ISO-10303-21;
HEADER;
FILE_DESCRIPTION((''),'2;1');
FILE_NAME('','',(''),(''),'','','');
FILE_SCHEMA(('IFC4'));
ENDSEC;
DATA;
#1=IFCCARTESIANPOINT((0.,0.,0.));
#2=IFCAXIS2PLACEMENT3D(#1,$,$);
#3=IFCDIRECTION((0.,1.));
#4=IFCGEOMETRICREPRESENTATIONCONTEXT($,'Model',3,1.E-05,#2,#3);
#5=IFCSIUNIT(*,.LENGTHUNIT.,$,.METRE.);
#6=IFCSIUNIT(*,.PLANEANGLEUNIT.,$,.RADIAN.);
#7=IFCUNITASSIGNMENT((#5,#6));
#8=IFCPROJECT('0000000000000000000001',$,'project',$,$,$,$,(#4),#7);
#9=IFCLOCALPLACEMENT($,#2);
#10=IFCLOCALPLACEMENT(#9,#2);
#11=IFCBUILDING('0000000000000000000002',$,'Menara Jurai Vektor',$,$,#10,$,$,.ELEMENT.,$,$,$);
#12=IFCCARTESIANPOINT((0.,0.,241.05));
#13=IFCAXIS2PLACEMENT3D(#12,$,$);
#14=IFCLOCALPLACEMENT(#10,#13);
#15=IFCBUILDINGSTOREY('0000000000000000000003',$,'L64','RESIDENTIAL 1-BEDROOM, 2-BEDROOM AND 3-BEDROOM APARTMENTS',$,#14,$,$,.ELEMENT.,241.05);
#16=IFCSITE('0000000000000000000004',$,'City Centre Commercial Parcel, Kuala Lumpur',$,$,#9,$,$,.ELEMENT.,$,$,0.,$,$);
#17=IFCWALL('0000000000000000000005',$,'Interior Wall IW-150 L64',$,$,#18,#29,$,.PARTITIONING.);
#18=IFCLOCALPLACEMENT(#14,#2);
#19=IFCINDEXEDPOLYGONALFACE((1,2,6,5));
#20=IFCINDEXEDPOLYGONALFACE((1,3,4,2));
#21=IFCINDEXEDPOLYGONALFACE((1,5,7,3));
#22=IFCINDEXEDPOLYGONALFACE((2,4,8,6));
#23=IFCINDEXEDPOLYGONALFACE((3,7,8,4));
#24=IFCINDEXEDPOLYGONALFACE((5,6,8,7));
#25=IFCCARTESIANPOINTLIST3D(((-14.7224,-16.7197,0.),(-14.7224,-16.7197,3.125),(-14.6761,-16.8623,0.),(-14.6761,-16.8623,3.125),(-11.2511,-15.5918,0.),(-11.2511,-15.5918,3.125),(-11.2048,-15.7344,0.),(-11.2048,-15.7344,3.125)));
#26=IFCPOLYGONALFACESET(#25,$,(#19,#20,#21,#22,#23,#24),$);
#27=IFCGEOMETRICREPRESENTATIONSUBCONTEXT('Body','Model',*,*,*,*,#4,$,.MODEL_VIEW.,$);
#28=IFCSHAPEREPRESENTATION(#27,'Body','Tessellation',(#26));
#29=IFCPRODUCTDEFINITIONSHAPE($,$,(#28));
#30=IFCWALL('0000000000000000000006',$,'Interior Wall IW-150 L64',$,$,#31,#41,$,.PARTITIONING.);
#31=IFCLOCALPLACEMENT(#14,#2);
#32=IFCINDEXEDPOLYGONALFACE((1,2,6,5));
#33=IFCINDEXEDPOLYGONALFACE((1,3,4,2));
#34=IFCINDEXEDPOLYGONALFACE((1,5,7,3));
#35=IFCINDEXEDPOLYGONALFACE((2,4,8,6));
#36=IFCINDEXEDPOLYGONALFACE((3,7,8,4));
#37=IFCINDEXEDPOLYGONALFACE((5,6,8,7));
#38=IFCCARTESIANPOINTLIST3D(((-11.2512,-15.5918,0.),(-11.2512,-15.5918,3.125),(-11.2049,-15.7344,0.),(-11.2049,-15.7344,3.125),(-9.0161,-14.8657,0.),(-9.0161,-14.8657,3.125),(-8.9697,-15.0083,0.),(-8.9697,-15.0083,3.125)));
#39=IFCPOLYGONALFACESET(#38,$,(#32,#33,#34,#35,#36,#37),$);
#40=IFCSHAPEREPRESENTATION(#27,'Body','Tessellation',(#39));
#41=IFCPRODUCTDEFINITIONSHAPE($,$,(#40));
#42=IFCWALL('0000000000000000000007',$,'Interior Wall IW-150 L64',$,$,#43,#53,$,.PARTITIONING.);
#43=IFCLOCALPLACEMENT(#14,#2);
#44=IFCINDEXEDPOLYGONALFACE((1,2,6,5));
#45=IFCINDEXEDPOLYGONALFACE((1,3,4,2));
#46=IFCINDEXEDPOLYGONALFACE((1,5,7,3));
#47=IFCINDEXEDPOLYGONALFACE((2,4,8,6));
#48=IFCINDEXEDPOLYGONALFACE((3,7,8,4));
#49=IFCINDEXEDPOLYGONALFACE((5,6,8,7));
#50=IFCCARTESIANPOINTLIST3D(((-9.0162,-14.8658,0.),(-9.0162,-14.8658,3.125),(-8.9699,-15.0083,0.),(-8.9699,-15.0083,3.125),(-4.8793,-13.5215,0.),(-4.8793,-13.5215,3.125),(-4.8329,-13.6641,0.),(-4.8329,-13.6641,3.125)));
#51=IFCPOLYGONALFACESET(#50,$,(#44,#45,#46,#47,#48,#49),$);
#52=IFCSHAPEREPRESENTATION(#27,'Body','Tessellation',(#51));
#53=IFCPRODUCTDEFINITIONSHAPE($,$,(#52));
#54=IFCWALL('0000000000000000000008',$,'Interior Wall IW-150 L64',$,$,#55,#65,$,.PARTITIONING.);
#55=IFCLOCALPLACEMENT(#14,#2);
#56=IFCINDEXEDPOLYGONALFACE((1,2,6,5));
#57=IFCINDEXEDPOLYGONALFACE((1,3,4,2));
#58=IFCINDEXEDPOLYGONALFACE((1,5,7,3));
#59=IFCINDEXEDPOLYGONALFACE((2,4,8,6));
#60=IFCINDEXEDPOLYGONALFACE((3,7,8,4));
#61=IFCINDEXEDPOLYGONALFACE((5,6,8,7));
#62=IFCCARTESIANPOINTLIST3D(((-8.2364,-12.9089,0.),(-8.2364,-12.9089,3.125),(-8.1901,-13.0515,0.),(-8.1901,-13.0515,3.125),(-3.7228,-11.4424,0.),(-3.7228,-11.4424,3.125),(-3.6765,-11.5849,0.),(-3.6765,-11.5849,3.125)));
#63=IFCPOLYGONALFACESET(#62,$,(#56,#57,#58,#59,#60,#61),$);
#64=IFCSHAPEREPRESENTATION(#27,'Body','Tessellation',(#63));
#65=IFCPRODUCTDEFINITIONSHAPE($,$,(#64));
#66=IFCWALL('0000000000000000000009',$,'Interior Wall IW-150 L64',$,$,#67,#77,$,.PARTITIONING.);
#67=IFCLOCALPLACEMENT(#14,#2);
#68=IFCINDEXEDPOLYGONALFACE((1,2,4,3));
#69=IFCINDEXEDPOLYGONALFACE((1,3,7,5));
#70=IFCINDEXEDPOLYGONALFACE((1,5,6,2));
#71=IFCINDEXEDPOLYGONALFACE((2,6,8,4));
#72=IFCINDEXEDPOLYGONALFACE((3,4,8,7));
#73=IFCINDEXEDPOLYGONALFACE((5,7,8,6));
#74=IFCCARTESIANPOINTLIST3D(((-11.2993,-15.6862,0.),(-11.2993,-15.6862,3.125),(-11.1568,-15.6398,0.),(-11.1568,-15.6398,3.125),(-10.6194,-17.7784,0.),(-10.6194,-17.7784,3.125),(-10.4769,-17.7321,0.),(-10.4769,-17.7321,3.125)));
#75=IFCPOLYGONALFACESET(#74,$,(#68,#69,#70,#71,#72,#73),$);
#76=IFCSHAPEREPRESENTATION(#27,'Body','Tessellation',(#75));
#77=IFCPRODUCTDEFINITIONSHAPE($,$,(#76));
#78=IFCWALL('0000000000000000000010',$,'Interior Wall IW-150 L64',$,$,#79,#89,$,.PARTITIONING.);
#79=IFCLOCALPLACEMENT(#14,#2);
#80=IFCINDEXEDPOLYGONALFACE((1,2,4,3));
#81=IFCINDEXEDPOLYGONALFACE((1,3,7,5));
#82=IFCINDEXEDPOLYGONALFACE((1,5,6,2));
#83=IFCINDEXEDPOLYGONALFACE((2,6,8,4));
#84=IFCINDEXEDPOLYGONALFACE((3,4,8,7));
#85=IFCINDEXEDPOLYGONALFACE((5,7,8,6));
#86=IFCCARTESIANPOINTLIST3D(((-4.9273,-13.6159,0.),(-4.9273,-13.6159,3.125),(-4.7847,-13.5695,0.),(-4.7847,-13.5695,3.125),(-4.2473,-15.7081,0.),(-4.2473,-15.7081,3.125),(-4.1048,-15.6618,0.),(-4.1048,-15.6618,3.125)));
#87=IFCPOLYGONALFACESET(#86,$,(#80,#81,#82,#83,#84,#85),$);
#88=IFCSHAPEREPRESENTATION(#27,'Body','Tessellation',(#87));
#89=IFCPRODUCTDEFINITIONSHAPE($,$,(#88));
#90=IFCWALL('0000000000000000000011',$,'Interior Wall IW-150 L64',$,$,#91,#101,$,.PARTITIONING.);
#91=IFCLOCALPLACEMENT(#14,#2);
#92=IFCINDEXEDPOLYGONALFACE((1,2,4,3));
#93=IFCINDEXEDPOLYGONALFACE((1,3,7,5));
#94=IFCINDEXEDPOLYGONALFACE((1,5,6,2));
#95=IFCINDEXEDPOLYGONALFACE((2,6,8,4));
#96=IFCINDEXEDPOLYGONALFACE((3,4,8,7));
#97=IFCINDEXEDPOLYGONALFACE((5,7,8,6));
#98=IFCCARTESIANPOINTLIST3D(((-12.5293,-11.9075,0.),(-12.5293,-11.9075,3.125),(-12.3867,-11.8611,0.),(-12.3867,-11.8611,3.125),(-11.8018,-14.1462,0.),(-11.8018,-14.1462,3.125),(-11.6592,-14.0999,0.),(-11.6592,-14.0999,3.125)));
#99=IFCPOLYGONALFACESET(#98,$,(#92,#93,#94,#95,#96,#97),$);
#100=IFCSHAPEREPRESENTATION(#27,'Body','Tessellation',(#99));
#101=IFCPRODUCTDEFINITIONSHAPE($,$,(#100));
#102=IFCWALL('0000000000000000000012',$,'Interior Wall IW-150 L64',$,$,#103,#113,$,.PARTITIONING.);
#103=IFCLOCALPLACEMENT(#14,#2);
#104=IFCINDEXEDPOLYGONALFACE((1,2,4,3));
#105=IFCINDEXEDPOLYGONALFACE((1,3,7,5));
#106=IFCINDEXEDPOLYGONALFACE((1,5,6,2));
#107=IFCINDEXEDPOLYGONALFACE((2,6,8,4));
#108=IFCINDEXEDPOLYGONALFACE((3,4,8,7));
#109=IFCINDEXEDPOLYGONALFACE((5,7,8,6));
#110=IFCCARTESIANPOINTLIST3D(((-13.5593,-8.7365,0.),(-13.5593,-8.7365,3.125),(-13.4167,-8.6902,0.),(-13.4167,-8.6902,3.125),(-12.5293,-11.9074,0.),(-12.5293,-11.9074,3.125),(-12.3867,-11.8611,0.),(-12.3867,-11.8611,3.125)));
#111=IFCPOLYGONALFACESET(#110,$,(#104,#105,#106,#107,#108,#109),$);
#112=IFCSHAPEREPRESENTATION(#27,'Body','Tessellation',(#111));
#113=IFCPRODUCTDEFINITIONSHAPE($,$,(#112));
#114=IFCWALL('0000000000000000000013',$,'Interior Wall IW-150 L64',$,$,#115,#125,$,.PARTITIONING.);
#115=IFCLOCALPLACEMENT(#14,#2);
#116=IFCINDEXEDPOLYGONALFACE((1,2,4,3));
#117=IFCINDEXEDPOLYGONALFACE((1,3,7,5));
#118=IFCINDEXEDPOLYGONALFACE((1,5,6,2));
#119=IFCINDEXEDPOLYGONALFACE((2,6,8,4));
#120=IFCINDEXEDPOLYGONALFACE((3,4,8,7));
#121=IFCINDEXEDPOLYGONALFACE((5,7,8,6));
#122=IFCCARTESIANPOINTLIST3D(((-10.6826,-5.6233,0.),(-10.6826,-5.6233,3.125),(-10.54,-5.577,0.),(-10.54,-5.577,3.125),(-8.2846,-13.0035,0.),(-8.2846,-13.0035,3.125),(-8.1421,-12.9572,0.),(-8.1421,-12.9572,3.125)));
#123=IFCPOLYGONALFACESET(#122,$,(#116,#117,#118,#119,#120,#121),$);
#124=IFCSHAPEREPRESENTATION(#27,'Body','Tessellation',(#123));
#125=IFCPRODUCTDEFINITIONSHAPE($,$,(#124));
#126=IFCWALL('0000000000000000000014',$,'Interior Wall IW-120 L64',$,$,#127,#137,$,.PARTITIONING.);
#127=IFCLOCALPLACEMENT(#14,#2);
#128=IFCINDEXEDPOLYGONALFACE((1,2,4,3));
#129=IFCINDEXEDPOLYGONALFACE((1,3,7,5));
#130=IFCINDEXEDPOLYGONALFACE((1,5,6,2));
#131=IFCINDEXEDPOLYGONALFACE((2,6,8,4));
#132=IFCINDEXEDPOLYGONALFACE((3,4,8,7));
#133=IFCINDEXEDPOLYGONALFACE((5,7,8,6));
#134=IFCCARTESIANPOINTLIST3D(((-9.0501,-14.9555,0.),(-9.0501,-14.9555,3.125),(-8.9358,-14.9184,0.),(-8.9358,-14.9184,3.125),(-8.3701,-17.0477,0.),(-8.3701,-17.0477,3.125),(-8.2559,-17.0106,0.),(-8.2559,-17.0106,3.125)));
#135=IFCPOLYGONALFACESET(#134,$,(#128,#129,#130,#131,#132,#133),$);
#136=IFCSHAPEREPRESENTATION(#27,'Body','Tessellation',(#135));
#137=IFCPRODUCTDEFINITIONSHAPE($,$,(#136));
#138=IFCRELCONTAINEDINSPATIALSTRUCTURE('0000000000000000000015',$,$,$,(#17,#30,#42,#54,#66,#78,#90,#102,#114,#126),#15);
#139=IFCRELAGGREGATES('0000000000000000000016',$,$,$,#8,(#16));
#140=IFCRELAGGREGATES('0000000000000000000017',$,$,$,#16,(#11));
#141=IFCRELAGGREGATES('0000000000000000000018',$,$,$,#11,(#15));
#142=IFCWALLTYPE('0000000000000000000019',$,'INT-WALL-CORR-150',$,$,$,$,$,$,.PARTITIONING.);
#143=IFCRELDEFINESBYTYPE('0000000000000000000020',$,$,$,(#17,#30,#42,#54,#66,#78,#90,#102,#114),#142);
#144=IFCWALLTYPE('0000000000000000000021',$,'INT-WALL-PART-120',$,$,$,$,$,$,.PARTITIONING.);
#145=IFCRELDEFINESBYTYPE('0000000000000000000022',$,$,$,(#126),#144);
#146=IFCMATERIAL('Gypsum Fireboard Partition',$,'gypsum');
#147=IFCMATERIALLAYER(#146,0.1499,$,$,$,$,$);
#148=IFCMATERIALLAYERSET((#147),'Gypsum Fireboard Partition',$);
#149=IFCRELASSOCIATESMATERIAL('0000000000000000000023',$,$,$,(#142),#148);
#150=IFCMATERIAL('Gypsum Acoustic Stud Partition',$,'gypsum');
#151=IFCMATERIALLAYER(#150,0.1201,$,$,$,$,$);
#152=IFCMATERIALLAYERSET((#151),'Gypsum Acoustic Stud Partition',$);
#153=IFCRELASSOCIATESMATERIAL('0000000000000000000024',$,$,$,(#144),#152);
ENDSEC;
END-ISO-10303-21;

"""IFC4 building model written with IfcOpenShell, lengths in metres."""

from ifc_helpers import new_model, si_unit, direction, frame, frame_2d, origin, place, context, subcontext, project, spatial, rectangle, extrude, material, layer, layer_set, type_object, element, save


model = new_model("IFC4")

# Units and contexts
model_context = context("Model", 3, precision=1e-05, world=origin(), true_north=direction((0.0, 1.0)))
body_context = subcontext(model_context, "Body", "Model", "MODEL_VIEW")
ifc_project = project(units=[si_unit("LENGTHUNIT", "METRE"), si_unit("PLANEANGLEUNIT", "RADIAN")], contexts=[model_context])

# Site, building, storey
site_placement = place(None, origin())
site = spatial("IfcSite", under=ifc_project, at=site_placement, Name="City Centre Commercial Parcel, Kuala Lumpur", CompositionType="ELEMENT", RefElevation=0.0)
building_placement = place(site_placement, origin())
building = spatial("IfcBuilding", under=site, at=building_placement, Name="Menara Jurai Vektor", CompositionType="ELEMENT")
storey_placement = place(building_placement, frame((0.0, 0.0, 241.05)))
storey = spatial("IfcBuildingStorey", under=building, at=storey_placement, Name="L64", Description="RESIDENTIAL 1-BEDROOM, 2-BEDROOM AND 3-BEDROOM APARTMENTS", CompositionType="ELEMENT", Elevation=241.05)

# Wall
ifc_material_1 = material(Name="Gypsum Fireboard Partition", Category="gypsum")
ifc_layer_1 = layer(ifc_material_1, 0.1499)
ifc_layer_set_1 = layer_set([ifc_layer_1], Name="Gypsum Fireboard Partition")
wall_type_1 = type_object("IfcWallType", Name="INT-WALL-CORR-150", PredefinedType="PARTITIONING", material=ifc_layer_set_1)
wall_1_placement = place(storey_placement, frame((-14.6992, -16.791, 0.0), z_axis=(0.0, 0.0, 1.0), x_axis=(0.951051, 0.309035, 0.0)))
element("IfcWall", 1, at=wall_1_placement, inside=storey, type_object=wall_type_1, Name="Interior Wall IW-150 L64", PredefinedType="PARTITIONING", context=body_context, shape_type="SweptSolid", body=[
    extrude(rectangle(XDim=3.6499, YDim=0.1499, at=frame_2d((1.825, 0.0))), origin(), (0.0, 0.0, 1.0), 3.125),
])

# Walls
wall_2_placement = place(storey_placement, frame((-11.228, -15.6631, 0.0), z_axis=(0.0, 0.0, 1.0), x_axis=(0.951076, 0.308957, 0.0)))
element("IfcWall", 2, at=wall_2_placement, inside=storey, type_object=wall_type_1, Name="Interior Wall IW-150 L64", PredefinedType="PARTITIONING", context=body_context, shape_type="SweptSolid", body=[
    extrude(rectangle(XDim=2.3501, YDim=0.1499, at=frame_2d((1.175, 0.0))), origin(), (0.0, 0.0, 1.0), 3.125),
])
wall_3_placement = place(storey_placement, frame((-8.9929, -14.937, 0.0), z_axis=(0.0, 0.0, 1.0), x_axis=(0.951053, 0.309029, 0.0)))
element("IfcWall", 3, at=wall_3_placement, inside=storey, type_object=wall_type_1, Name="Interior Wall IW-150 L64", PredefinedType="PARTITIONING", context=body_context, shape_type="SweptSolid", body=[
    extrude(rectangle(XDim=4.3499, YDim=0.1499, at=frame_2d((2.1748, 0.0))), origin(), (0.0, 0.0, 1.0), 3.125),
])

# Walls
wall_4_placement = place(storey_placement, frame((-8.2134, -12.9802, 0.0), z_axis=(0.0, 0.0, 1.0), x_axis=(0.951058, 0.309012, 0.0)))
element("IfcWall", 4, at=wall_4_placement, inside=storey, type_object=wall_type_1, Name="Interior Wall IW-150 L64", PredefinedType="PARTITIONING", context=body_context, shape_type="SweptSolid", body=[
    extrude(rectangle(XDim=4.7458, YDim=0.1499, at=frame_2d((2.373, 0.0))), origin(), (0.0, 0.0, 1.0), 3.125),
])
wall_5_placement = place(storey_placement, frame((-10.5481, -17.7554, 0.0), z_axis=(0.0, 0.0, 1.0), x_axis=(-0.309061, 0.951042, 0.0)))
element("IfcWall", 5, at=wall_5_placement, inside=storey, type_object=wall_type_1, Name="Interior Wall IW-150 L64", PredefinedType="PARTITIONING", context=body_context, shape_type="SweptSolid", body=[
    extrude(rectangle(XDim=2.2, YDim=0.1499, at=frame_2d((1.1001, 0.0))), origin(), (0.0, 0.0, 1.0), 3.125),
])

# Walls
wall_6_placement = place(storey_placement, frame((-4.176, -15.6851, 0.0), z_axis=(0.0, 0.0, 1.0), x_axis=(-0.309061, 0.951042, 0.0)))
element("IfcWall", 6, at=wall_6_placement, inside=storey, type_object=wall_type_1, Name="Interior Wall IW-150 L64", PredefinedType="PARTITIONING", context=body_context, shape_type="SweptSolid", body=[
    extrude(rectangle(XDim=2.2, YDim=0.1499, at=frame_2d((1.1001, 0.0))), origin(), (0.0, 0.0, 1.0), 3.125),
])
wall_7_placement = place(storey_placement, frame((-11.7305, -14.123, 0.0), z_axis=(0.0, 0.0, 1.0), x_axis=(-0.309063, 0.951042, 0.0)))
element("IfcWall", 7, at=wall_7_placement, inside=storey, type_object=wall_type_1, Name="Interior Wall IW-150 L64", PredefinedType="PARTITIONING", context=body_context, shape_type="SweptSolid", body=[
    extrude(rectangle(XDim=2.354, YDim=0.1499, at=frame_2d((1.177, 0.0))), origin(), (0.0, 0.0, 1.0), 3.125),
])
wall_8_placement = place(storey_placement, frame((-12.458, -11.8843, 0.0), z_axis=(0.0, 0.0, 1.0), x_axis=(-0.308947, 0.951079, 0.0)))
element("IfcWall", 8, at=wall_8_placement, inside=storey, type_object=wall_type_1, Name="Interior Wall IW-150 L64", PredefinedType="PARTITIONING", context=body_context, shape_type="SweptSolid", body=[
    extrude(rectangle(XDim=3.334, YDim=0.1499, at=frame_2d((1.667, 0.0))), origin(), (0.0, 0.0, 1.0), 3.125),
])
wall_9_placement = place(storey_placement, frame((-8.2134, -12.9802, 0.0), z_axis=(0.0, 0.0, 1.0), x_axis=(-0.309017, 0.951056, 0.0)))
element("IfcWall", 9, at=wall_9_placement, inside=storey, type_object=wall_type_1, Name="Interior Wall IW-150 L64", PredefinedType="PARTITIONING", context=body_context, shape_type="SweptSolid", body=[
    extrude(rectangle(XDim=7.76, YDim=0.1499, at=frame_2d((3.8799, 0.0))), origin(), (0.0, 0.0, 1.0), 3.125),
])
ifc_material_2 = material(Name="Gypsum Acoustic Stud Partition", Category="gypsum")
ifc_layer_2 = layer(ifc_material_2, 0.1201)
ifc_layer_set_2 = layer_set([ifc_layer_2], Name="Gypsum Acoustic Stud Partition")
wall_type_2 = type_object("IfcWallType", Name="INT-WALL-PART-120", PredefinedType="PARTITIONING", material=ifc_layer_set_2)
wall_10_placement = place(storey_placement, frame((-8.313, -17.0293, 0.0), z_axis=(0.0, 0.0, 1.0), x_axis=(-0.309061, 0.951042, 0.0)))
element("IfcWall", 10, at=wall_10_placement, inside=storey, type_object=wall_type_2, Name="Interior Wall IW-120 L64", PredefinedType="PARTITIONING", context=body_context, shape_type="SweptSolid", body=[
    extrude(rectangle(XDim=2.2, YDim=0.1201, at=frame_2d((1.1001, 0.0))), origin(), (0.0, 0.0, 1.0), 3.125),
])

save(model, "model.ifc")
